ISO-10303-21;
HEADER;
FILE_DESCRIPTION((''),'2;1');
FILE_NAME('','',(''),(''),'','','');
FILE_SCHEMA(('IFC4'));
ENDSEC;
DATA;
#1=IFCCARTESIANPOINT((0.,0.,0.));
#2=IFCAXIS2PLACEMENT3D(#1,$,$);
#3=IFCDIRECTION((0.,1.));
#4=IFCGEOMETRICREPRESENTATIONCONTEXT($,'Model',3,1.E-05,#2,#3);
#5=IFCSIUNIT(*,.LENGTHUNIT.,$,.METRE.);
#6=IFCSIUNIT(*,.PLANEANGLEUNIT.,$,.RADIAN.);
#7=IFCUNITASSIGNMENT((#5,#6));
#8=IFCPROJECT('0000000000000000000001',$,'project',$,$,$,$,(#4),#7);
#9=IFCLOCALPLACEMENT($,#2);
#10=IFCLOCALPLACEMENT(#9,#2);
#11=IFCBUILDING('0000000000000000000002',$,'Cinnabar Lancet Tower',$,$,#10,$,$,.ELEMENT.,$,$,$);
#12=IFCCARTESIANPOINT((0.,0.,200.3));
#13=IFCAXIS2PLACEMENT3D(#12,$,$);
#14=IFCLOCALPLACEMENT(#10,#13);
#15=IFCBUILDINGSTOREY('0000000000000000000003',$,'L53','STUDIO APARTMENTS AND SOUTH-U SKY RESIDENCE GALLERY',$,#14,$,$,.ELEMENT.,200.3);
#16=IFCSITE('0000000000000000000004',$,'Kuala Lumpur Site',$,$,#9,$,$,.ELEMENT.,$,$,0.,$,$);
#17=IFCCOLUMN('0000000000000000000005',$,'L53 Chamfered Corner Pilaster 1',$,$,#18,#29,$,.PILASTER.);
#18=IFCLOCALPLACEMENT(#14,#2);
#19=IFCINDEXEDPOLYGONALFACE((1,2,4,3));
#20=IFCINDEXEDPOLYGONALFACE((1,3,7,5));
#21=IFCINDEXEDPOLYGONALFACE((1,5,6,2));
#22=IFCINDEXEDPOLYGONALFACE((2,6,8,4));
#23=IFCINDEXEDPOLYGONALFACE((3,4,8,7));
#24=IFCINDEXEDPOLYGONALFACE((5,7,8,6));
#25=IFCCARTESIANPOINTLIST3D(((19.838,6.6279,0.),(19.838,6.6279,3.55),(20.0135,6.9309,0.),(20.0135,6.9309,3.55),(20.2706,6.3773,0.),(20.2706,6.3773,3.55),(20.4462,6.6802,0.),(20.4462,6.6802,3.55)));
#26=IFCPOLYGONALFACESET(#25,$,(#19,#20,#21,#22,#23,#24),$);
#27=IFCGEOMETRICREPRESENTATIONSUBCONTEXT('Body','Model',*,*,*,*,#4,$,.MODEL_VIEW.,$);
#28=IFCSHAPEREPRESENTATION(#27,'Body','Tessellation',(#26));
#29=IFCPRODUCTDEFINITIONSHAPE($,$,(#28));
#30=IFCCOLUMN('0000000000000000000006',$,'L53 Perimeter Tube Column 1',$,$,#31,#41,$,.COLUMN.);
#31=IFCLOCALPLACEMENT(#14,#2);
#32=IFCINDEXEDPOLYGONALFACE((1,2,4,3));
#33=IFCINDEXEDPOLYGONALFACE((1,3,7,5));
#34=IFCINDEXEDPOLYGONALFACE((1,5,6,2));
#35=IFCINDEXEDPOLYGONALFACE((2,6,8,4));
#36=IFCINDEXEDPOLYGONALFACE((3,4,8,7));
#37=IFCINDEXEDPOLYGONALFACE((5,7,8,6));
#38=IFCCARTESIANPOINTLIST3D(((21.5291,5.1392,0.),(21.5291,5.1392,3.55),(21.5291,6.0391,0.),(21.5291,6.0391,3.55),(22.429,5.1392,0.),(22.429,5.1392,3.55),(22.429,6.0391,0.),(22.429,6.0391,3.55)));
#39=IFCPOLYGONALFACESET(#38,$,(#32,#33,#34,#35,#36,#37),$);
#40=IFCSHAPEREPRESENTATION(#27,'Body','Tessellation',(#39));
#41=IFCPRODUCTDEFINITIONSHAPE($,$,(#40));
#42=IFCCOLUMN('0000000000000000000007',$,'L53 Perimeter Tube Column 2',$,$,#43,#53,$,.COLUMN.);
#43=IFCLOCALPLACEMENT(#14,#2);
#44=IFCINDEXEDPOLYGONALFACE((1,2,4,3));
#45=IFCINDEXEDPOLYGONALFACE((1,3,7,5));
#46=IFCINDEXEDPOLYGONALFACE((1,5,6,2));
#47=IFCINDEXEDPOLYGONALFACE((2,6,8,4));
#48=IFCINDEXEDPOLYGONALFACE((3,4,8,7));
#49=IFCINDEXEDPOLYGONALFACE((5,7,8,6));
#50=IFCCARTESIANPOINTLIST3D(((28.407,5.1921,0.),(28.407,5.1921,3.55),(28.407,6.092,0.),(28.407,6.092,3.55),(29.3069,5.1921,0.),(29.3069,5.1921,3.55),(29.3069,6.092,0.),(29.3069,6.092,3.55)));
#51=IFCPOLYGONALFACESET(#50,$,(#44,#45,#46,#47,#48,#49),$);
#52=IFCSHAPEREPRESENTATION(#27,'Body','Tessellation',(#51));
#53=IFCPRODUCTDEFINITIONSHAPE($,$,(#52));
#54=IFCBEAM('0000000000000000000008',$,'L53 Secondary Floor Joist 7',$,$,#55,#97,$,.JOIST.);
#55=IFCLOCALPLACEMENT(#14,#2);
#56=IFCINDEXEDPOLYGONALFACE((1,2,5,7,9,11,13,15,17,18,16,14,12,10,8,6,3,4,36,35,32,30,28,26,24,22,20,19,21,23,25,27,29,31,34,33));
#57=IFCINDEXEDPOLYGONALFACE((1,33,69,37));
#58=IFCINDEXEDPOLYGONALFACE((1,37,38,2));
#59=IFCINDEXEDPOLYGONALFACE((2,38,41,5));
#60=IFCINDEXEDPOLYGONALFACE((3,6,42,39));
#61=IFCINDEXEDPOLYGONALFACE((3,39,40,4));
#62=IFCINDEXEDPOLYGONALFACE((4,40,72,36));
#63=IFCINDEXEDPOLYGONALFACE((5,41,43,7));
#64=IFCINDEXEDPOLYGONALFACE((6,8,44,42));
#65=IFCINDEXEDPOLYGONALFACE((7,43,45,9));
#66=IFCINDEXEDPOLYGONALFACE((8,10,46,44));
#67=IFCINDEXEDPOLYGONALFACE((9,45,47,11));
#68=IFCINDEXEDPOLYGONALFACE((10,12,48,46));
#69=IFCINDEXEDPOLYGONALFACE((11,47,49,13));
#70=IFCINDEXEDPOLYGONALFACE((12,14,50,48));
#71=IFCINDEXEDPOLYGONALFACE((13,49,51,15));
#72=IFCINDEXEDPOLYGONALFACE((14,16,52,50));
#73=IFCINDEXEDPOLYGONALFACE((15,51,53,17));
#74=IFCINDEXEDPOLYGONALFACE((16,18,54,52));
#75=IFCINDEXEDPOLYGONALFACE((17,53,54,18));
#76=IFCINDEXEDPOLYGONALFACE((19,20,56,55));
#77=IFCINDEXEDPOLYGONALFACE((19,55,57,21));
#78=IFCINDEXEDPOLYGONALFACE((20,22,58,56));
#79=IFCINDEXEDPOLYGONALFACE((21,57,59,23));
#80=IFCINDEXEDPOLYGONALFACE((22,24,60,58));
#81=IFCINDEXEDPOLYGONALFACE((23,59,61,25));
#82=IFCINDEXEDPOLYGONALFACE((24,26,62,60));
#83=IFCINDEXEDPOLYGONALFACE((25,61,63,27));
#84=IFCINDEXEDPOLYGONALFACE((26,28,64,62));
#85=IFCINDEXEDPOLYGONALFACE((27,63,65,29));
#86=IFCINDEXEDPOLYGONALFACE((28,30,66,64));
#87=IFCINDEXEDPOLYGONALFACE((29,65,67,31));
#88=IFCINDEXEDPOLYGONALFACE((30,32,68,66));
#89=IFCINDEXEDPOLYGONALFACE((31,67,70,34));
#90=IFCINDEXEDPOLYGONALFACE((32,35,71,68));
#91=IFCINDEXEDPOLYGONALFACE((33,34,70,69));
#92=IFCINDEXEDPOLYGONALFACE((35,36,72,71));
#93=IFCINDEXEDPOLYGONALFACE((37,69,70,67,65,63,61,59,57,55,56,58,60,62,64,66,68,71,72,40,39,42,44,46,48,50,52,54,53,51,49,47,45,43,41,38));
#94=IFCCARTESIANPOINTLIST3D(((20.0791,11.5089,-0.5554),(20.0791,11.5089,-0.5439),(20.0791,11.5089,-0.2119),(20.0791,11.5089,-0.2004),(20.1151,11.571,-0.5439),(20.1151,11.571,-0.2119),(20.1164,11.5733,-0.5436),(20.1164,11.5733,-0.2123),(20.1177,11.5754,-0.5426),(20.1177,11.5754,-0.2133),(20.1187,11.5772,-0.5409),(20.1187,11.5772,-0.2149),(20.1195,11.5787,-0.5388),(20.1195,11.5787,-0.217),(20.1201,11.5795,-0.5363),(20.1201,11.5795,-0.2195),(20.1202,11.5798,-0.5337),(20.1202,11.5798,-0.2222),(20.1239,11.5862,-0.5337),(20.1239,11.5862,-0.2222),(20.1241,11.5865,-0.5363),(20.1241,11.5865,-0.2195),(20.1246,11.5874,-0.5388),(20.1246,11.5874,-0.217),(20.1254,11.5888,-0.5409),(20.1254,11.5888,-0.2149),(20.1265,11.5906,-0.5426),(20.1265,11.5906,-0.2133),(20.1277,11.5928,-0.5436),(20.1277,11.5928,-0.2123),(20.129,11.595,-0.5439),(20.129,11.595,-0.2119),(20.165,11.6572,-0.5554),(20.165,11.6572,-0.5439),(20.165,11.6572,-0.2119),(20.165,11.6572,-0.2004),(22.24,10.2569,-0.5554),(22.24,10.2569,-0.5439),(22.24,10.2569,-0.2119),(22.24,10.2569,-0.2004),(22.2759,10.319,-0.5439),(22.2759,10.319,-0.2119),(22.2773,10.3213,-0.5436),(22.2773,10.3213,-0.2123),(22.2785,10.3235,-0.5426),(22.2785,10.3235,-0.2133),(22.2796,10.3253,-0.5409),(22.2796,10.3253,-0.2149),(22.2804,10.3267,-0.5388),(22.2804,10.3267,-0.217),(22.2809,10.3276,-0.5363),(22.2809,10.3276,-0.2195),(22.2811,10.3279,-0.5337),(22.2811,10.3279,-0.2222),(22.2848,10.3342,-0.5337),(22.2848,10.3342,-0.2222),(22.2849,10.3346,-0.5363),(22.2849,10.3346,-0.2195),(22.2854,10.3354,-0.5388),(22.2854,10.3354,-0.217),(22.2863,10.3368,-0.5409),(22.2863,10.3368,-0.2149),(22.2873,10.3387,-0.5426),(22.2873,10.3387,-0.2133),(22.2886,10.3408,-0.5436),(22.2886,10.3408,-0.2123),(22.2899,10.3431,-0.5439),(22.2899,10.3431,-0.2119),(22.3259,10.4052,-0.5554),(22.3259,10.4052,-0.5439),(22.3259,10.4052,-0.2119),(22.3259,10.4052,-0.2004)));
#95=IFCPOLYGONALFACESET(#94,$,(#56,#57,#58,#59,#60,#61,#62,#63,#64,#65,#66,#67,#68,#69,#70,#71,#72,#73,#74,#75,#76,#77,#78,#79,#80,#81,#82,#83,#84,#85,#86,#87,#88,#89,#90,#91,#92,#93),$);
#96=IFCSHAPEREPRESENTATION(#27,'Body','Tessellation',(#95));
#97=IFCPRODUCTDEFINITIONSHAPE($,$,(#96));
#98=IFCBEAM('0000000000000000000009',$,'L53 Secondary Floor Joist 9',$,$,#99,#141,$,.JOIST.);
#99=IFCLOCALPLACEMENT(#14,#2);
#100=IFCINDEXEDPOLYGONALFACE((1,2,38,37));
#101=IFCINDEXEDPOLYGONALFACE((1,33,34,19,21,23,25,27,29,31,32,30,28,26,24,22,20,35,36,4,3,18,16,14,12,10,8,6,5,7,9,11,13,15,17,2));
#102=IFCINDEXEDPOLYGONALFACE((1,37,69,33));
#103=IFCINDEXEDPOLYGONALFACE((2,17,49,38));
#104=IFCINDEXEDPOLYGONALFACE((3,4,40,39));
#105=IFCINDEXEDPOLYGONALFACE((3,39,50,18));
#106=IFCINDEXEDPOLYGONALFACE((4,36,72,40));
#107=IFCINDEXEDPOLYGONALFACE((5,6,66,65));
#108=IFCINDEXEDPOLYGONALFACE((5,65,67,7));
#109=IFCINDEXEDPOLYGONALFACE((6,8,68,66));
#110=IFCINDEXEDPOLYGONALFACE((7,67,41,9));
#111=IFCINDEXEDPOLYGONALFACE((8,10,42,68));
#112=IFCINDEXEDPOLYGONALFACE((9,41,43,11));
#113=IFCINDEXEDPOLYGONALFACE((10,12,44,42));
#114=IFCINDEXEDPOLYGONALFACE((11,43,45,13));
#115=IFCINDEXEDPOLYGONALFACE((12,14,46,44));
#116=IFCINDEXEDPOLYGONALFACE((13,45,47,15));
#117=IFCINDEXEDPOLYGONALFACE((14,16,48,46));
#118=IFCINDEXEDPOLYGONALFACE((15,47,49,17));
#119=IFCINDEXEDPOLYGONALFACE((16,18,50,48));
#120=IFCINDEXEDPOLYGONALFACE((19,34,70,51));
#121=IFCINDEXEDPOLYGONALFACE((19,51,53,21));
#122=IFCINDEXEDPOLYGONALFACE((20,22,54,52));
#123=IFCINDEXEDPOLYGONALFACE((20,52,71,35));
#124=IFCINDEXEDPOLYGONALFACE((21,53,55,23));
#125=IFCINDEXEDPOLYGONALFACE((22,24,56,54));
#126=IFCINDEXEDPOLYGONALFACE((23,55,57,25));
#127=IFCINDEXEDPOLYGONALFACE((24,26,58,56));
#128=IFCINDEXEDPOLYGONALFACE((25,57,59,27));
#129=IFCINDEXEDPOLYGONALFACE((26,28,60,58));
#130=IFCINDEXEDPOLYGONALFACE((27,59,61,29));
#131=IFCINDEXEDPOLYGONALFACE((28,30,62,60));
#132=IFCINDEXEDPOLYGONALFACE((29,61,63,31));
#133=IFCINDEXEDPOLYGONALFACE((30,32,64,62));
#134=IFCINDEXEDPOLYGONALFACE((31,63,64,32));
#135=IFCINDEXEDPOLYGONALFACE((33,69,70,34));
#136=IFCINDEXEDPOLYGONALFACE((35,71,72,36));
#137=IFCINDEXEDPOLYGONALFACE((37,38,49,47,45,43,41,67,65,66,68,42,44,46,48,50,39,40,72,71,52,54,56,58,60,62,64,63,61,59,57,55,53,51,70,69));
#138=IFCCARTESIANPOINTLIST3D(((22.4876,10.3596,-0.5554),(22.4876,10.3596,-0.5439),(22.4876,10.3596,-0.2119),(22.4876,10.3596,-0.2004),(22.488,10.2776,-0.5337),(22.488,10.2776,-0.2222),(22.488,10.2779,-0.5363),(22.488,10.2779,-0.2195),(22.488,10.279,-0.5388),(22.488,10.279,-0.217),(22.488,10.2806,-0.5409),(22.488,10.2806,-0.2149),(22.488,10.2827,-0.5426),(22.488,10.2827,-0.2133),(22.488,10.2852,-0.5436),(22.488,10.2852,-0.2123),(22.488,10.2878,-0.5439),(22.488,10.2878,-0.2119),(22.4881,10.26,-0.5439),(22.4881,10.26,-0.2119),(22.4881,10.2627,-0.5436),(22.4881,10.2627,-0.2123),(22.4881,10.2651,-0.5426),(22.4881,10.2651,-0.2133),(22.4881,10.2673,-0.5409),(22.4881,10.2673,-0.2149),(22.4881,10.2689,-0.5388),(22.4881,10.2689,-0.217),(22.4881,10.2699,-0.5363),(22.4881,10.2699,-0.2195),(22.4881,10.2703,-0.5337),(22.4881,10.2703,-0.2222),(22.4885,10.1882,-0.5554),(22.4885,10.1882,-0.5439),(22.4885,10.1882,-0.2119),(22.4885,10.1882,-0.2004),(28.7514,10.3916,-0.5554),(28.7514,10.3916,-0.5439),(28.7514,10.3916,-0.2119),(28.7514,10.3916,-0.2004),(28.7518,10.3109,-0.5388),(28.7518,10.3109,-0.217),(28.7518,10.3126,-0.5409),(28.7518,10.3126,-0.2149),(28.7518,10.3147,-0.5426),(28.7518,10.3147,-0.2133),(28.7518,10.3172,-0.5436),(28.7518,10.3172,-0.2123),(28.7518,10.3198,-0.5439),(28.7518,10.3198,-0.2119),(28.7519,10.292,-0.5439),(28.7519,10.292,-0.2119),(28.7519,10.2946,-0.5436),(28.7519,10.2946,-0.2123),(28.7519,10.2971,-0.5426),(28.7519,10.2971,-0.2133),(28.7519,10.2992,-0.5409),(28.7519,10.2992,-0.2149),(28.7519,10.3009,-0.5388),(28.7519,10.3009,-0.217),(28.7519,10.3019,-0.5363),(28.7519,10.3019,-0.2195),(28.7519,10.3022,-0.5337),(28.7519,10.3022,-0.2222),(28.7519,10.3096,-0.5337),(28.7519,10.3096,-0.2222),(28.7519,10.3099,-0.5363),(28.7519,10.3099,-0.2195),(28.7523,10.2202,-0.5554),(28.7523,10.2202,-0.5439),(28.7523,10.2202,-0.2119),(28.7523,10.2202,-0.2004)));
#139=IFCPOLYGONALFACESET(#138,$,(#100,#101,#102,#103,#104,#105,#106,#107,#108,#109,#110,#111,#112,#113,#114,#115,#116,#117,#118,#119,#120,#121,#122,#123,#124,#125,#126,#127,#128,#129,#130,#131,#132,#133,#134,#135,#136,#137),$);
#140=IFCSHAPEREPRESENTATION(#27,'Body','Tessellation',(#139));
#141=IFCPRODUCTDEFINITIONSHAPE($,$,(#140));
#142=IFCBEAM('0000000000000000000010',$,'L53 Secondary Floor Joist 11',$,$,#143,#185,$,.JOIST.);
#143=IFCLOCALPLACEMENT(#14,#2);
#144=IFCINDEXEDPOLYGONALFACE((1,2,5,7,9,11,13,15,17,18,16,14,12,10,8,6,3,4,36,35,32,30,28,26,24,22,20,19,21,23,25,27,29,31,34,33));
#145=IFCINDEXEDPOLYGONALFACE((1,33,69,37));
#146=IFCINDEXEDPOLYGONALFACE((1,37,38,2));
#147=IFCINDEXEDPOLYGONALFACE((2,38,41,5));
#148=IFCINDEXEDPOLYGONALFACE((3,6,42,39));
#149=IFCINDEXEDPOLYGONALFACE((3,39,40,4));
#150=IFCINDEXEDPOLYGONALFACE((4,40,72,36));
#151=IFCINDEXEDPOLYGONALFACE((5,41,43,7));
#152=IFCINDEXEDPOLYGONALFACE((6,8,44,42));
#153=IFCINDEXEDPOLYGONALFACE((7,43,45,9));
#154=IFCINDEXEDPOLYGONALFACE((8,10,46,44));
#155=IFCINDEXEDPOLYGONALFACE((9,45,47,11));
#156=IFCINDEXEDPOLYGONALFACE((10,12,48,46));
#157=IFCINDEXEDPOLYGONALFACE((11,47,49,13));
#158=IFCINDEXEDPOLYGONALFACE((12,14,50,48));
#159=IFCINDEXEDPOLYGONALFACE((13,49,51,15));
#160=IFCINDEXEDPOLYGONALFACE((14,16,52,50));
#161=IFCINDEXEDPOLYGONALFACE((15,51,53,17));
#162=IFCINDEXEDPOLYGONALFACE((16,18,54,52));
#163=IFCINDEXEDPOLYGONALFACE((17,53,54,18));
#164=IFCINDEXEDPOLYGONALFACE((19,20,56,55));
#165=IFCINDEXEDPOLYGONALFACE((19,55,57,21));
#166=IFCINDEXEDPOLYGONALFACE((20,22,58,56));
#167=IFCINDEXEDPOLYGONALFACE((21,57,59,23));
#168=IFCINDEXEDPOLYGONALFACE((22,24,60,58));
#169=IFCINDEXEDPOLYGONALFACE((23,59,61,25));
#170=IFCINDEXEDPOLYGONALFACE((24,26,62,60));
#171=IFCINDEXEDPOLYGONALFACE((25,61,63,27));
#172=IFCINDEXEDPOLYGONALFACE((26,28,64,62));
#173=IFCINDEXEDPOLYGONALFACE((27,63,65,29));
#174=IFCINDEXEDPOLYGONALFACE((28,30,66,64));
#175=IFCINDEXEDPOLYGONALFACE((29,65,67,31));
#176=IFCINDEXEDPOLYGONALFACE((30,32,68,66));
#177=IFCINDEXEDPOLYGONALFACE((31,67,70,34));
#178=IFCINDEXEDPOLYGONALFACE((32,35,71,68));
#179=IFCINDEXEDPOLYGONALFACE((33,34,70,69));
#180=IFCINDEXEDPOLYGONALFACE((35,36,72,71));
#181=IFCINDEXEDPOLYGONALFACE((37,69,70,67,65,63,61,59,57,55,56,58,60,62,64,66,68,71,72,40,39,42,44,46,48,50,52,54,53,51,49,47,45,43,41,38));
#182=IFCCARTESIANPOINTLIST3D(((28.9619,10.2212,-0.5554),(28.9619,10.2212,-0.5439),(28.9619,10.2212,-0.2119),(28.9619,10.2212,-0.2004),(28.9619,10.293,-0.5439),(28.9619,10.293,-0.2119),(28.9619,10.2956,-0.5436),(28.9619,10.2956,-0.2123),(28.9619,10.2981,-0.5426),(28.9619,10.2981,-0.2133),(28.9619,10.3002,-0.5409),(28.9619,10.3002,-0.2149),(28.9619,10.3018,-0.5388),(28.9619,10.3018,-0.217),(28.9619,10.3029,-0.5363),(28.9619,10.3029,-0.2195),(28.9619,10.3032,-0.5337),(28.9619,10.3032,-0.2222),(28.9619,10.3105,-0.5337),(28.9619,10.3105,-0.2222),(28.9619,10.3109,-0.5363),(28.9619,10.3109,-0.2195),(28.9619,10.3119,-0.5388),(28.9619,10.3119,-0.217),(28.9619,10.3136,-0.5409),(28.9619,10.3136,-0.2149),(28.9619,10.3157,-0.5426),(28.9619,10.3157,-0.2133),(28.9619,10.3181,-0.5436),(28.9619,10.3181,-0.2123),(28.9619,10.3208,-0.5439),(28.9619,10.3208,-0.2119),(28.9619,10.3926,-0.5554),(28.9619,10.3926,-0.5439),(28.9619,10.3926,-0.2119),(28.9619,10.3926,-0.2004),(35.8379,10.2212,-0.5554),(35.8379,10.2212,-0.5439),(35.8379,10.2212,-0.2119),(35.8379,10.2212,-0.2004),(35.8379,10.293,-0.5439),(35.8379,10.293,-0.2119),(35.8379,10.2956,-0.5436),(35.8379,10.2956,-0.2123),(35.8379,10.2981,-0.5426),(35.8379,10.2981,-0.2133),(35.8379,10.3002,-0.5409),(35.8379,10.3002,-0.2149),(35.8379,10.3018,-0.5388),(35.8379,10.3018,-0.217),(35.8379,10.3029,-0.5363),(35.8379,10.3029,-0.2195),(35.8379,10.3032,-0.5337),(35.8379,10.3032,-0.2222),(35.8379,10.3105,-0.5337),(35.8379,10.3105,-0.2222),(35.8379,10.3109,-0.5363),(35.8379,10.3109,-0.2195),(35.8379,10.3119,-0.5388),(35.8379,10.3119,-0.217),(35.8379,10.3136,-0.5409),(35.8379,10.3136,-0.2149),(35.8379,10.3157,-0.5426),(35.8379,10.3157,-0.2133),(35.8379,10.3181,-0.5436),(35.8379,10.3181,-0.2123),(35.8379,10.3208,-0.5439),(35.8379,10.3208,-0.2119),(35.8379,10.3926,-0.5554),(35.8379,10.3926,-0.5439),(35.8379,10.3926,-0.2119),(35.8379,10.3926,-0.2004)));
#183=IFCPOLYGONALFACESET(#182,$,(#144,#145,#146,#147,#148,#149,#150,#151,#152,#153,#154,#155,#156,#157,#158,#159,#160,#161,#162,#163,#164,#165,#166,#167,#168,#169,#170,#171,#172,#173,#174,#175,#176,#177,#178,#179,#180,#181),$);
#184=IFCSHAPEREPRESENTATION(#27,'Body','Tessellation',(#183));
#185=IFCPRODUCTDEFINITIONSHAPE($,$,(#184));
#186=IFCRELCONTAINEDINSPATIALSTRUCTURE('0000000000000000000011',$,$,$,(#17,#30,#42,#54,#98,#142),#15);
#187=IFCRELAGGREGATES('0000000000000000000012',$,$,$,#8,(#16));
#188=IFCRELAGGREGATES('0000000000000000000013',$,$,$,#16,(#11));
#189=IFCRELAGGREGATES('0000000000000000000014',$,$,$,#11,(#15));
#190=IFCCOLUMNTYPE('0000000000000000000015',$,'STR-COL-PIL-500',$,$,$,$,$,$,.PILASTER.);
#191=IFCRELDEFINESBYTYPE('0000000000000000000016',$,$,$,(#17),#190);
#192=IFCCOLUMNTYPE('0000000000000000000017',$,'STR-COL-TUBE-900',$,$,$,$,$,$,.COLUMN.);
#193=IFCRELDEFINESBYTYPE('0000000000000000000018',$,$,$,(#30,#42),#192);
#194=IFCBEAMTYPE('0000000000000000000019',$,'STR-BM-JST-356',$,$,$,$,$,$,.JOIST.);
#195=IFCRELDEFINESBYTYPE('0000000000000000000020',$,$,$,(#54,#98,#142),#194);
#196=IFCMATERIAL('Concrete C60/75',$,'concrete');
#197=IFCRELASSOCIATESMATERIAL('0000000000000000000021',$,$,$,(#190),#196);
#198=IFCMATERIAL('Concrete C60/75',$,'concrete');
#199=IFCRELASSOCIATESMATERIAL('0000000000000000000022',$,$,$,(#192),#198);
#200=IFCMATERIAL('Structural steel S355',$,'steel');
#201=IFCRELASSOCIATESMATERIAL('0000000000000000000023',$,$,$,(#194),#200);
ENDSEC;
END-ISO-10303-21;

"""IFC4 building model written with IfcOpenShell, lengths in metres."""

from ifc_helpers import new_model, si_unit, direction, frame, origin, origin_2d, place, context, subcontext, project, spatial, rectangle, i_section, extrude, material, material_profile, profile_set, type_object, element, save


model = new_model("IFC4")

# Units and contexts
model_context = context("Model", 3, precision=1e-05, world=origin(), true_north=direction((0.0, 1.0)))
body_context = subcontext(model_context, "Body", "Model", "MODEL_VIEW")
ifc_project = project(units=[si_unit("LENGTHUNIT", "METRE"), si_unit("PLANEANGLEUNIT", "RADIAN")], contexts=[model_context])

# Site, building, storey
site_placement = place(None, origin())
site = spatial("IfcSite", under=ifc_project, at=site_placement, Name="Kuala Lumpur Site", CompositionType="ELEMENT", RefElevation=0.0)
building_placement = place(site_placement, origin())
building = spatial("IfcBuilding", under=site, at=building_placement, Name="Cinnabar Lancet Tower", CompositionType="ELEMENT")
storey_placement = place(building_placement, frame((0.0, 0.0, 200.3)))
storey = spatial("IfcBuildingStorey", under=building, at=storey_placement, Name="L53", Description="STUDIO APARTMENTS AND SOUTH-U SKY RESIDENCE GALLERY", CompositionType="ELEMENT", Elevation=200.3)

# Columns
ifc_material_1 = material(Name="Concrete C60/75", Category="concrete")
ifc_material_profile_1 = material_profile(ifc_material_1, rectangle(XDim=0.5, YDim=0.3501, at=origin_2d()), Name="RC-PIL 500x350")
ifc_profile_set_1 = profile_set([ifc_material_profile_1], Name="Concrete C60/75")
column_type_1 = type_object("IfcColumnType", Name="STR-COL-PIL-500", PredefinedType="PILASTER", material=ifc_profile_set_1)
column_placement = place(storey_placement, frame((20.1421, 6.6541, 0.0), z_axis=(0.0, 0.0, 1.0), x_axis=(0.86523, -0.501375, 0.0)))
element("IfcColumn", 1, at=column_placement, inside=storey, type_object=column_type_1, Name="L53 Chamfered Corner Pilaster 1", PredefinedType="PILASTER", context=body_context, shape_type="SweptSolid", body=[
    extrude(rectangle(XDim=0.5, YDim=0.3501, at=origin_2d()), origin(), (0.0, 0.0, 1.0), 3.55),
])
ifc_material_2 = material(Name="Concrete C60/75", Category="concrete")
ifc_material_profile_2 = material_profile(ifc_material_2, rectangle(XDim=0.8999, YDim=0.8999, at=origin_2d()), Name="RC-COL 900x900")
ifc_profile_set_2 = profile_set([ifc_material_profile_2], Name="Concrete C60/75")
column_type_2 = type_object("IfcColumnType", Name="STR-COL-TUBE-900", PredefinedType="COLUMN", material=ifc_profile_set_2)
for number, where, z_axis, x_axis, name in (
    (2, (21.979, 5.5891, 0.0), (0.0, 0.0, 1.0), (1.0, 0.0, 0.0), "L53 Perimeter Tube Column 1"),
    (3, (28.8569, 5.6421, 0.0), (0.0, 0.0, 1.0), (1.0, 0.0, 0.0), "L53 Perimeter Tube Column 2"),
):
    element("IfcColumn", number, at=place(storey_placement, frame(where, z_axis=z_axis, x_axis=x_axis)), inside=storey, type_object=column_type_2, Name=name, PredefinedType="COLUMN", context=body_context, shape_type="SweptSolid", body=[
        extrude(rectangle(XDim=0.8999, YDim=0.8999, at=origin_2d()), origin(), (0.0, 0.0, 1.0), 3.55),
    ])

# Beams
ifc_material_3 = material(Name="Structural steel S355", Category="steel")
ifc_material_profile_3 = material_profile(ifc_material_3, i_section(OverallWidth=0.1714, OverallDepth=0.355, WebThickness=0.0073, FlangeThickness=0.0115, FilletRadius=0.0103, at=origin_2d()), Name="UKB 356x171x51")
ifc_profile_set_3 = profile_set([ifc_material_profile_3], Name="Structural steel S355")
beam_type_1 = type_object("IfcBeamType", Name="STR-BM-JST-356", PredefinedType="JOIST", material=ifc_profile_set_3)
beam_1_placement = place(storey_placement, frame((20.1221, 11.583, -0.3779), z_axis=(0.865268, -0.50131, 0.0), x_axis=(0.50131, 0.865268, 0.0)))
element("IfcBeam", 4, at=beam_1_placement, inside=storey, type_object=beam_type_1, Name="L53 Secondary Floor Joist 7", PredefinedType="JOIST", context=body_context, shape_type="SweptSolid", body=[
    extrude(i_section(OverallWidth=0.1714, OverallDepth=0.355, WebThickness=0.0073, FlangeThickness=0.0115, FilletRadius=0.0103, at=origin_2d()), origin(), (0.0, 0.0, 1.0), 2.4973),
])
beam_2_placement = place(storey_placement, frame((22.488, 10.2739, -0.3779), z_axis=(0.999987, 0.005106, 0.0), x_axis=(-0.005106, 0.999987, 0.0)))
element("IfcBeam", 5, at=beam_2_placement, inside=storey, type_object=beam_type_1, Name="L53 Secondary Floor Joist 9", PredefinedType="JOIST", context=body_context, shape_type="SweptSolid", body=[
    extrude(i_section(OverallWidth=0.1714, OverallDepth=0.355, WebThickness=0.0073, FlangeThickness=0.0115, FilletRadius=0.0103, at=origin_2d()), origin(), (0.0, 0.0, 1.0), 6.2639),
])
beam_3_placement = place(storey_placement, frame((28.9619, 10.3069, -0.3779), z_axis=(1.0, 0.0, 0.0), x_axis=(0.0, 1.0, 0.0)))
element("IfcBeam", 6, at=beam_3_placement, inside=storey, type_object=beam_type_1, Name="L53 Secondary Floor Joist 11", PredefinedType="JOIST", context=body_context, shape_type="SweptSolid", body=[
    extrude(i_section(OverallWidth=0.1714, OverallDepth=0.355, WebThickness=0.0073, FlangeThickness=0.0115, FilletRadius=0.0103, at=origin_2d()), origin(), (0.0, 0.0, 1.0), 6.876),
])

save(model, "model.ifc")
